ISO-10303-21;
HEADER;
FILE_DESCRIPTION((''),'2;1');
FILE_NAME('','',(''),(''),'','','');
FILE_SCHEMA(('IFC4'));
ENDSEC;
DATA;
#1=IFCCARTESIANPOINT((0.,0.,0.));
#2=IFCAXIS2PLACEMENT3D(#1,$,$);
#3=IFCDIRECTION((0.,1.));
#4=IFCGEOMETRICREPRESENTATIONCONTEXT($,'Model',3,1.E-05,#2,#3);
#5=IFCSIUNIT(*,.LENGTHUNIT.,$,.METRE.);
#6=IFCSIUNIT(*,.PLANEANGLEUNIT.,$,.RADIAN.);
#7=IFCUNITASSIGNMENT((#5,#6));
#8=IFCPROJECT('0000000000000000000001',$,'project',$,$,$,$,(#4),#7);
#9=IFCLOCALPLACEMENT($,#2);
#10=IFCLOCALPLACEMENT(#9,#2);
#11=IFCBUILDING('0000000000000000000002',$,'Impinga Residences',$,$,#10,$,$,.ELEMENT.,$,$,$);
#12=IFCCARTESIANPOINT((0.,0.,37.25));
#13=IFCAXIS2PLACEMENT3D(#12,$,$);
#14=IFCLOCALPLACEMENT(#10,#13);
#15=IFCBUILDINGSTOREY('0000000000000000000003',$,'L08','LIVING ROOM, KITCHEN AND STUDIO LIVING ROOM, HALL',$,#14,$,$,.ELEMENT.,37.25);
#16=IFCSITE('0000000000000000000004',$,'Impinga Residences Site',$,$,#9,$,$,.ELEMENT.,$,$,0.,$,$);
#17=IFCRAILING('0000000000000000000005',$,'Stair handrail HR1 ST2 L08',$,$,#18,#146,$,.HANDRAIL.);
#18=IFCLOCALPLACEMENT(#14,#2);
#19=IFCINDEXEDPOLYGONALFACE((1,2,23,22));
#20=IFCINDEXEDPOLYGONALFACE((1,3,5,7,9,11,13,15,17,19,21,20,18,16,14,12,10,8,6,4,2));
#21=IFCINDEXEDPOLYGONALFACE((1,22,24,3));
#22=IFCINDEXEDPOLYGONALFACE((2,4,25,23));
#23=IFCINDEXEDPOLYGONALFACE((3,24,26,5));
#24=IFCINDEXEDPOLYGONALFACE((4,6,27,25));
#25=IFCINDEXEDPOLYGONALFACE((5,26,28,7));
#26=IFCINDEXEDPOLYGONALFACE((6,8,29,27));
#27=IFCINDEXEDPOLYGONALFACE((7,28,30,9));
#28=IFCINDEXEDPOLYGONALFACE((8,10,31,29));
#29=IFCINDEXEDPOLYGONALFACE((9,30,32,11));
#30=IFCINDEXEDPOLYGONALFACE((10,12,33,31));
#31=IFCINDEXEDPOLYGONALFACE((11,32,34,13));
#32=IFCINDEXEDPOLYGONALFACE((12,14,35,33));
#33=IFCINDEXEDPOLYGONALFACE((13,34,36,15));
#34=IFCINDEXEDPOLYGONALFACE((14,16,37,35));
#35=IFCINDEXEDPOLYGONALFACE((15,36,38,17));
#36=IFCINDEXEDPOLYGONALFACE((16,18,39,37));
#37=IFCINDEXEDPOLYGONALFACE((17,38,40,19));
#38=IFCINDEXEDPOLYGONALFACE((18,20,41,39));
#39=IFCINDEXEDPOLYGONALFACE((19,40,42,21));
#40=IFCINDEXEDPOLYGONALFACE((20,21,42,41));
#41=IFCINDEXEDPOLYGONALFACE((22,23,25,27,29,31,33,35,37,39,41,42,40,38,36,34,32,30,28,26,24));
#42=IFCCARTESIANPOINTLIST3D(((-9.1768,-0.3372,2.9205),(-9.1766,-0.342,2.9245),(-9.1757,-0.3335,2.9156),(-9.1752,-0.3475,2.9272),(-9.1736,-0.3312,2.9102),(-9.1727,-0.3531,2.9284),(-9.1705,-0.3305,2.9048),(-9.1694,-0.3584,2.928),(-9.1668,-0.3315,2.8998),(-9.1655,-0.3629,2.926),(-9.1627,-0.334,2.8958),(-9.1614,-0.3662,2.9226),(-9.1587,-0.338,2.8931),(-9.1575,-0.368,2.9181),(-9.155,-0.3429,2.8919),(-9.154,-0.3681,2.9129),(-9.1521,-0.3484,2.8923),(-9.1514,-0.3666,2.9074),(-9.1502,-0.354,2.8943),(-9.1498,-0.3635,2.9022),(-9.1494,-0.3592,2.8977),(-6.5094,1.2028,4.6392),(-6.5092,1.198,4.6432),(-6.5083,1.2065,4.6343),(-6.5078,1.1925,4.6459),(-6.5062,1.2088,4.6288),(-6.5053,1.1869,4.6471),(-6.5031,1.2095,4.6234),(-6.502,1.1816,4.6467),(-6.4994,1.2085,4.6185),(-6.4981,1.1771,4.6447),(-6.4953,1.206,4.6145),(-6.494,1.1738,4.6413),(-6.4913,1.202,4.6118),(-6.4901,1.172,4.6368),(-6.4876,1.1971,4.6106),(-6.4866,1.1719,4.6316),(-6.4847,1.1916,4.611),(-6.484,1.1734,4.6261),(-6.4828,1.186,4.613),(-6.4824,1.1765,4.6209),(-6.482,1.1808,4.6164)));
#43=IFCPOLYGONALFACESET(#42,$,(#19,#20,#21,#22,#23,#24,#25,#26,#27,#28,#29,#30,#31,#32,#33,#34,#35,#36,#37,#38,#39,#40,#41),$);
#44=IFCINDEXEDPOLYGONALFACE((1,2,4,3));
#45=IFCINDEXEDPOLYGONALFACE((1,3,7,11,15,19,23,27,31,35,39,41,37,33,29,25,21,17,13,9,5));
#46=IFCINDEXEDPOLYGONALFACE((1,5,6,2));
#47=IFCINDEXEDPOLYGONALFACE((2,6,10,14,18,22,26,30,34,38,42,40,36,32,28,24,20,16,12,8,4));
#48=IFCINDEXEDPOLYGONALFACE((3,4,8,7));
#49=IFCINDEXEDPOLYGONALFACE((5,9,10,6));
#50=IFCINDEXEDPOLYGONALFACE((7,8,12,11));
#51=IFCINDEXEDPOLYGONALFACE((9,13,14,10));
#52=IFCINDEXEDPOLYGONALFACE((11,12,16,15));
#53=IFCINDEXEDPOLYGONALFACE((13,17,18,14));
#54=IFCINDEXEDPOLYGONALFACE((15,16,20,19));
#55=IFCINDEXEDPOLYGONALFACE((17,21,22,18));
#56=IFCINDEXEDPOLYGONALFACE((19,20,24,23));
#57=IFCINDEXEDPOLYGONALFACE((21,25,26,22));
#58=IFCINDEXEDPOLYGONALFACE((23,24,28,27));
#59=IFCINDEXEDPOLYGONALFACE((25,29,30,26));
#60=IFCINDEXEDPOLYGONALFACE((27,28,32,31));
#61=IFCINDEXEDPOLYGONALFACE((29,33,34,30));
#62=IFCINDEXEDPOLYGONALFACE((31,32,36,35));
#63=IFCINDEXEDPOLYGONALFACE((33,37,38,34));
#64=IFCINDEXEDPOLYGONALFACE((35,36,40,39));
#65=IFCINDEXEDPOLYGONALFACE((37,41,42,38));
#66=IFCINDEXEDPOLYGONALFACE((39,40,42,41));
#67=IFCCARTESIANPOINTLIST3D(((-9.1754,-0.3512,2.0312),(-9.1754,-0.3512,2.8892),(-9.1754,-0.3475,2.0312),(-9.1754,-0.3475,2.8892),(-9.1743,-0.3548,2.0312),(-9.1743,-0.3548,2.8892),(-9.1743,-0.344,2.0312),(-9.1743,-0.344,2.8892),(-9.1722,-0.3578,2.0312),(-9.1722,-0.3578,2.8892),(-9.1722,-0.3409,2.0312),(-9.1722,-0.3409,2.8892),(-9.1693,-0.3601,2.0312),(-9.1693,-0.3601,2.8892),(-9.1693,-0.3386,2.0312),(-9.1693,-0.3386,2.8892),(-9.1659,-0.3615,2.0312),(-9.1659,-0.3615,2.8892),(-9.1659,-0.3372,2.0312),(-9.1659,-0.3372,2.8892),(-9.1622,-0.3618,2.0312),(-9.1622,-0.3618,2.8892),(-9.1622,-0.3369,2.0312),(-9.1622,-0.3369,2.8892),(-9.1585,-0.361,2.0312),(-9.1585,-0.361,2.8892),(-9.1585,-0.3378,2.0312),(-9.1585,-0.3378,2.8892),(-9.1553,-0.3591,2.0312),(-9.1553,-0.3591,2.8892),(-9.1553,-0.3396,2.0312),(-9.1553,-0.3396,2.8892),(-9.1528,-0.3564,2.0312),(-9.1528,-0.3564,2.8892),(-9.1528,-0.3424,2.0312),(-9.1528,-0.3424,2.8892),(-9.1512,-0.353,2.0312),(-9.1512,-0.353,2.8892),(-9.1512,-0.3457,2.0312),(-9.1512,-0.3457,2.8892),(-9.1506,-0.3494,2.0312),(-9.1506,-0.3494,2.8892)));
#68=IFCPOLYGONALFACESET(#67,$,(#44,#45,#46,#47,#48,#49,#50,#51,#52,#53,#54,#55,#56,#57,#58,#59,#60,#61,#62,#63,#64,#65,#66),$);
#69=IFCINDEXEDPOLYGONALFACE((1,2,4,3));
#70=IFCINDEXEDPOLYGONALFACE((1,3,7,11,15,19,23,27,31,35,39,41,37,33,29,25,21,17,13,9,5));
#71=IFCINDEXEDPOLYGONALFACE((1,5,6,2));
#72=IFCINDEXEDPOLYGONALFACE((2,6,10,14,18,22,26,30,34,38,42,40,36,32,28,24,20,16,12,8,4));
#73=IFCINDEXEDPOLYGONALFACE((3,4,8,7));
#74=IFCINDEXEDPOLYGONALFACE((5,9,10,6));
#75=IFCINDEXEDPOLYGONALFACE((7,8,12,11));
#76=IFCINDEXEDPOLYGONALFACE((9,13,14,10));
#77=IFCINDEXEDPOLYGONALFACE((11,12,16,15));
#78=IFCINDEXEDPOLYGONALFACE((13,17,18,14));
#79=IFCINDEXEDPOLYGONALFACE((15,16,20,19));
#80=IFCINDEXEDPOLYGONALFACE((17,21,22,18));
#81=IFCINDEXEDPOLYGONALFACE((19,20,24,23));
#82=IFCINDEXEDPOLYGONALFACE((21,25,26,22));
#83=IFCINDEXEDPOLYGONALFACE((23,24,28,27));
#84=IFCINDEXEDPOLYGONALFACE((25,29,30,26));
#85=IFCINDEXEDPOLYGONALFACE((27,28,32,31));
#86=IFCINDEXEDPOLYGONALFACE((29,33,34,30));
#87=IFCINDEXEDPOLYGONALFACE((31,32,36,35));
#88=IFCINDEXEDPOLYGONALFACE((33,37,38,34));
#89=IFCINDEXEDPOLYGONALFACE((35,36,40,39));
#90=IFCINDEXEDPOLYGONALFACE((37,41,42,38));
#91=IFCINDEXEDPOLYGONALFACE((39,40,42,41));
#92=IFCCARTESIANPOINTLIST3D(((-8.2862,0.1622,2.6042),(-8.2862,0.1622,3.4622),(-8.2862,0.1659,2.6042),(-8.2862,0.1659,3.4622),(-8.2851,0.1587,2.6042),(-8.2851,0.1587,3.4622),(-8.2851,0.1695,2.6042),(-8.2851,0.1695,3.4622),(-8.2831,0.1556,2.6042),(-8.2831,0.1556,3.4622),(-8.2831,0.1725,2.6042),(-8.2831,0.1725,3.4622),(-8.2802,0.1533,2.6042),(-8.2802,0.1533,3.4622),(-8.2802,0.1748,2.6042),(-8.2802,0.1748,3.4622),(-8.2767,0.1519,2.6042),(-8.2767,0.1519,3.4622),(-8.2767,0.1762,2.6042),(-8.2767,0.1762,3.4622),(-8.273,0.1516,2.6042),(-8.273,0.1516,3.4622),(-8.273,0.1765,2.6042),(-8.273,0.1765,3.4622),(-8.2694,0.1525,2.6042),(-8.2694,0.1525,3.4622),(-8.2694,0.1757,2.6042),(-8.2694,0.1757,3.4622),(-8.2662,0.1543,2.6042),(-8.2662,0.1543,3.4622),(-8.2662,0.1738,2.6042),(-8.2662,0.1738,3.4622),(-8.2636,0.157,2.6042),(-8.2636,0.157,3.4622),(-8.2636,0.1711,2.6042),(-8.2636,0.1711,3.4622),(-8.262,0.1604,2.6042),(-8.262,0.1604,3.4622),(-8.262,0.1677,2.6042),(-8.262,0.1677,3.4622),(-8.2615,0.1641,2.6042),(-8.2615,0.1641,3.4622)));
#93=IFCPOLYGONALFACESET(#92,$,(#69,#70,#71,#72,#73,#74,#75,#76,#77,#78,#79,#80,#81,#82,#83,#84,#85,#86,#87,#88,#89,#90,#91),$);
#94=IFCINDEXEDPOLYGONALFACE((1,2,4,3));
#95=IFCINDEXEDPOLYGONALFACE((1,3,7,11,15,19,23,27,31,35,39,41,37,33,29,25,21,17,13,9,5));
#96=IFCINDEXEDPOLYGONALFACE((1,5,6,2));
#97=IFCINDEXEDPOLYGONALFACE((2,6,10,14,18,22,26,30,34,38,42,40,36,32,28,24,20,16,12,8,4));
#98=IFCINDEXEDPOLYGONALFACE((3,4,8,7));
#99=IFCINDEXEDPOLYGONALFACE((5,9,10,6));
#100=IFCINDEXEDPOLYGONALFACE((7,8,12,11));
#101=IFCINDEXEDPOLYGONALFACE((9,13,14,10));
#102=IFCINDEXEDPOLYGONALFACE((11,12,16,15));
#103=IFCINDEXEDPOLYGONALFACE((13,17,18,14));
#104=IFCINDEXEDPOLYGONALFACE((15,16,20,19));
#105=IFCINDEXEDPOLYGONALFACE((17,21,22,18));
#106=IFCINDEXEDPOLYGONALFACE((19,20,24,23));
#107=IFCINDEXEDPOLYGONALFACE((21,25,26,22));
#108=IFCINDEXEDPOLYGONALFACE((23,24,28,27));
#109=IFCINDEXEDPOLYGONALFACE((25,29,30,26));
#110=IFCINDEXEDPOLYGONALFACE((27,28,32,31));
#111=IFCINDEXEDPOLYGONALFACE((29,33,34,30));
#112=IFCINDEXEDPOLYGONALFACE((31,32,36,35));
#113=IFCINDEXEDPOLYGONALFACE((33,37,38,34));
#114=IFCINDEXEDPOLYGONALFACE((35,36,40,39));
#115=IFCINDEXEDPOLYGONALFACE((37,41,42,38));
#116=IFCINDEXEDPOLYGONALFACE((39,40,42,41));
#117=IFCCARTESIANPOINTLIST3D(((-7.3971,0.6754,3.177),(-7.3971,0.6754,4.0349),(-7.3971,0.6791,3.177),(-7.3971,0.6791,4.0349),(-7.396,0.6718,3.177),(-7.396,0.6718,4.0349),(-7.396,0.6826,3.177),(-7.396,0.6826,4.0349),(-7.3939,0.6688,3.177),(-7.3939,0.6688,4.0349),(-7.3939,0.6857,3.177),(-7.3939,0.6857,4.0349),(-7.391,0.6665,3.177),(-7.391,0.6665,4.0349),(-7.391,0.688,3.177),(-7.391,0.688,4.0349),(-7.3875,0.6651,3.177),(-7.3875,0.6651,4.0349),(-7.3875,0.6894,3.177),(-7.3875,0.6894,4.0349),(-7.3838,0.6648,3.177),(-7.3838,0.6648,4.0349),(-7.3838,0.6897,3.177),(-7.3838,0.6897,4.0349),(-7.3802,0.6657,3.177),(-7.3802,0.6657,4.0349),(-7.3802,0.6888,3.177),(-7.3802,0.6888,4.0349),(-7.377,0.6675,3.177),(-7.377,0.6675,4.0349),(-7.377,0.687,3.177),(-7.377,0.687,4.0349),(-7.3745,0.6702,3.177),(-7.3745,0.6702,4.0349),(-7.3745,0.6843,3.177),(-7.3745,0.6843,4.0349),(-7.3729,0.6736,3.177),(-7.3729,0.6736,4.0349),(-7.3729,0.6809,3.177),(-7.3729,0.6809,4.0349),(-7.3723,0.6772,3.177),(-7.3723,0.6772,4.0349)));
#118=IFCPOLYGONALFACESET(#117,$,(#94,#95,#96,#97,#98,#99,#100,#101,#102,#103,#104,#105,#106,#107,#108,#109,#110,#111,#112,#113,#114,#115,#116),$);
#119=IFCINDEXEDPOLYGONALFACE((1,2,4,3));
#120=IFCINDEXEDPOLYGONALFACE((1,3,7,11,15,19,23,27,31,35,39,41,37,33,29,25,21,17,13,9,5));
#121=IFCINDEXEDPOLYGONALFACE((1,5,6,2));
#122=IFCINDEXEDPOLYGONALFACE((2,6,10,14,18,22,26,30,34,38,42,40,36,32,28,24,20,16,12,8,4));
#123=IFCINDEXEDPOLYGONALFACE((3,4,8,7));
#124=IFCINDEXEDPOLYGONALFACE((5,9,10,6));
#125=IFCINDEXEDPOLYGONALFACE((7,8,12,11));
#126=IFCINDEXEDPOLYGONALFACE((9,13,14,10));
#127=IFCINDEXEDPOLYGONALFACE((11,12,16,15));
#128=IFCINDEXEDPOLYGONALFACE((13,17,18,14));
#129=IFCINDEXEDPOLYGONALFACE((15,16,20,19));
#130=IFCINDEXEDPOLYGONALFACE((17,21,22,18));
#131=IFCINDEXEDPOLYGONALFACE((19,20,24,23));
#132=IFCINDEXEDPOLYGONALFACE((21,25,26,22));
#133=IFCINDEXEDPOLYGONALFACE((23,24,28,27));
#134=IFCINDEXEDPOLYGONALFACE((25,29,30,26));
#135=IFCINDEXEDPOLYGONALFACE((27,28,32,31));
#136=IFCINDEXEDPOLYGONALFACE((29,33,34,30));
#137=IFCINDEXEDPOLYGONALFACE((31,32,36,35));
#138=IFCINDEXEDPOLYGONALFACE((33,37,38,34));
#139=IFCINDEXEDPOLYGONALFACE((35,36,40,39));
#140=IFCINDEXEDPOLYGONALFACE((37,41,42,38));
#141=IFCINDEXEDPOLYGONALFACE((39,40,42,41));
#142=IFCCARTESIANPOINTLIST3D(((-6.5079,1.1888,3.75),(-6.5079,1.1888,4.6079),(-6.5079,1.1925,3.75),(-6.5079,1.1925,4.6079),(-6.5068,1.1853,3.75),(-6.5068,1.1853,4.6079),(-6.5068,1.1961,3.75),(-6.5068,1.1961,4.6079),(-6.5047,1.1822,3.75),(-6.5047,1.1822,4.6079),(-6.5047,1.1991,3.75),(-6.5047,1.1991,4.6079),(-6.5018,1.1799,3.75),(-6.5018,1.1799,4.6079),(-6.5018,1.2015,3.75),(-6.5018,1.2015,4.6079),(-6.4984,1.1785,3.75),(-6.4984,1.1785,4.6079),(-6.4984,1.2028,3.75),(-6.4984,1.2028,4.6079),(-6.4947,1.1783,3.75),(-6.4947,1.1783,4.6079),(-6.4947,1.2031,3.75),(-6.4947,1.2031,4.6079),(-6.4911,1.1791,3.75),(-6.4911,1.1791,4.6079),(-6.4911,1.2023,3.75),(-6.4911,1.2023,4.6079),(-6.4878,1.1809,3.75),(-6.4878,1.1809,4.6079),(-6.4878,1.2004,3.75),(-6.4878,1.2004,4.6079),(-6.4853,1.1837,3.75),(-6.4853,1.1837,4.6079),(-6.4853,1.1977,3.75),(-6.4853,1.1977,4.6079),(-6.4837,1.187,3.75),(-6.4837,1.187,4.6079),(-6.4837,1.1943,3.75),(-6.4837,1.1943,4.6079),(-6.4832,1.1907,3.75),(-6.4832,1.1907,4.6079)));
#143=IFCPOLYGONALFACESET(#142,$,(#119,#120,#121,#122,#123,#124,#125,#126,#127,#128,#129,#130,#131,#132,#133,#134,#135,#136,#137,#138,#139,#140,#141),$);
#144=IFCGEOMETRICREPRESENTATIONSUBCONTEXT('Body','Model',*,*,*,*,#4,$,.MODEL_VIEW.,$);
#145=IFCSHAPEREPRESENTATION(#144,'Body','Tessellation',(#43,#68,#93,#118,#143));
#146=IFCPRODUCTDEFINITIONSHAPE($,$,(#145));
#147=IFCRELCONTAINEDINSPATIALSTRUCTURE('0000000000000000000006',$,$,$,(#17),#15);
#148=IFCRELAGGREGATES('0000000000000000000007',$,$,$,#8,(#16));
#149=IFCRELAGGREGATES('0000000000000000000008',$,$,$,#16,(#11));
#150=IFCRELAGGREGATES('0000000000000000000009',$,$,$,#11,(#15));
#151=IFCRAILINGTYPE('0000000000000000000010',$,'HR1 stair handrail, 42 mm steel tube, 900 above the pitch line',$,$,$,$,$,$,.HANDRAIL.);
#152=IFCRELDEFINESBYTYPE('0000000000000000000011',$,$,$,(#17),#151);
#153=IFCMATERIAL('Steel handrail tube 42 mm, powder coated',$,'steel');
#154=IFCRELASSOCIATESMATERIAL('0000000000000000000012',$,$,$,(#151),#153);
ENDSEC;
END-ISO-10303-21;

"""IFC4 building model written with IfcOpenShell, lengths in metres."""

from ifc_helpers import new_model, si_unit, direction, frame, origin, origin_2d, place, context, subcontext, project, spatial, circle, extrude, material, type_object, element, save


model = new_model("IFC4")

# Units and contexts
model_context = context("Model", 3, precision=1e-05, world=origin(), true_north=direction((0.0, 1.0)))
body_context = subcontext(model_context, "Body", "Model", "MODEL_VIEW")
ifc_project = project(units=[si_unit("LENGTHUNIT", "METRE"), si_unit("PLANEANGLEUNIT", "RADIAN")], contexts=[model_context])

# Site, building, storey
site_placement = place(None, origin())
site = spatial("IfcSite", under=ifc_project, at=site_placement, Name="Impinga Residences Site", CompositionType="ELEMENT", RefElevation=0.0)
building_placement = place(site_placement, origin())
building = spatial("IfcBuilding", under=site, at=building_placement, Name="Impinga Residences", CompositionType="ELEMENT")
storey_placement = place(building_placement, frame((0.0, 0.0, 37.25)))
storey = spatial("IfcBuildingStorey", under=building, at=storey_placement, Name="L08", Description="LIVING ROOM, KITCHEN AND STUDIO LIVING ROOM, HALL", CompositionType="ELEMENT", Elevation=37.25)

# Railing
ifc_material_1 = material(Name="Steel handrail tube 42 mm, powder coated", Category="steel")
railing_type = type_object("IfcRailingType", Name="HR1 stair handrail, 42 mm steel tube, 900 above the pitch line", PredefinedType="HANDRAIL", material=ifc_material_1)
railing_placement = place(storey_placement, frame((-9.1631, -0.3494, 2.0312)))
element("IfcRailing", 1, at=railing_placement, inside=storey, type_object=railing_type, Name="Stair handrail HR1 ST2 L08", PredefinedType="HANDRAIL", context=body_context, shape_type="SweptSolid", body=[
    extrude(circle(Radius=0.021, at=origin_2d()), frame((0.0, 0.0, 0.8789), z_axis=(0.756256, 0.436616, 0.487282), x_axis=(-0.499992, 0.86603, 0.0)), (0.0, 0.0, 1.0), 3.5271),
    extrude(circle(Radius=0.0125, at=origin_2d()), origin(), (0.0, 0.0, 1.0), 0.8579),
    extrude(circle(Radius=0.0125, at=origin_2d()), frame((0.8892, 0.5134, 0.573)), (0.0, 0.0, 1.0), 0.8579),
    extrude(circle(Radius=0.0125, at=origin_2d()), frame((1.7783, 1.0266, 1.1458)), (0.0, 0.0, 1.0), 0.8579),
    extrude(circle(Radius=0.0125, at=origin_2d()), frame((2.6675, 1.54, 1.7188)), (0.0, 0.0, 1.0), 0.8579),
])

save(model, "model.ifc")
